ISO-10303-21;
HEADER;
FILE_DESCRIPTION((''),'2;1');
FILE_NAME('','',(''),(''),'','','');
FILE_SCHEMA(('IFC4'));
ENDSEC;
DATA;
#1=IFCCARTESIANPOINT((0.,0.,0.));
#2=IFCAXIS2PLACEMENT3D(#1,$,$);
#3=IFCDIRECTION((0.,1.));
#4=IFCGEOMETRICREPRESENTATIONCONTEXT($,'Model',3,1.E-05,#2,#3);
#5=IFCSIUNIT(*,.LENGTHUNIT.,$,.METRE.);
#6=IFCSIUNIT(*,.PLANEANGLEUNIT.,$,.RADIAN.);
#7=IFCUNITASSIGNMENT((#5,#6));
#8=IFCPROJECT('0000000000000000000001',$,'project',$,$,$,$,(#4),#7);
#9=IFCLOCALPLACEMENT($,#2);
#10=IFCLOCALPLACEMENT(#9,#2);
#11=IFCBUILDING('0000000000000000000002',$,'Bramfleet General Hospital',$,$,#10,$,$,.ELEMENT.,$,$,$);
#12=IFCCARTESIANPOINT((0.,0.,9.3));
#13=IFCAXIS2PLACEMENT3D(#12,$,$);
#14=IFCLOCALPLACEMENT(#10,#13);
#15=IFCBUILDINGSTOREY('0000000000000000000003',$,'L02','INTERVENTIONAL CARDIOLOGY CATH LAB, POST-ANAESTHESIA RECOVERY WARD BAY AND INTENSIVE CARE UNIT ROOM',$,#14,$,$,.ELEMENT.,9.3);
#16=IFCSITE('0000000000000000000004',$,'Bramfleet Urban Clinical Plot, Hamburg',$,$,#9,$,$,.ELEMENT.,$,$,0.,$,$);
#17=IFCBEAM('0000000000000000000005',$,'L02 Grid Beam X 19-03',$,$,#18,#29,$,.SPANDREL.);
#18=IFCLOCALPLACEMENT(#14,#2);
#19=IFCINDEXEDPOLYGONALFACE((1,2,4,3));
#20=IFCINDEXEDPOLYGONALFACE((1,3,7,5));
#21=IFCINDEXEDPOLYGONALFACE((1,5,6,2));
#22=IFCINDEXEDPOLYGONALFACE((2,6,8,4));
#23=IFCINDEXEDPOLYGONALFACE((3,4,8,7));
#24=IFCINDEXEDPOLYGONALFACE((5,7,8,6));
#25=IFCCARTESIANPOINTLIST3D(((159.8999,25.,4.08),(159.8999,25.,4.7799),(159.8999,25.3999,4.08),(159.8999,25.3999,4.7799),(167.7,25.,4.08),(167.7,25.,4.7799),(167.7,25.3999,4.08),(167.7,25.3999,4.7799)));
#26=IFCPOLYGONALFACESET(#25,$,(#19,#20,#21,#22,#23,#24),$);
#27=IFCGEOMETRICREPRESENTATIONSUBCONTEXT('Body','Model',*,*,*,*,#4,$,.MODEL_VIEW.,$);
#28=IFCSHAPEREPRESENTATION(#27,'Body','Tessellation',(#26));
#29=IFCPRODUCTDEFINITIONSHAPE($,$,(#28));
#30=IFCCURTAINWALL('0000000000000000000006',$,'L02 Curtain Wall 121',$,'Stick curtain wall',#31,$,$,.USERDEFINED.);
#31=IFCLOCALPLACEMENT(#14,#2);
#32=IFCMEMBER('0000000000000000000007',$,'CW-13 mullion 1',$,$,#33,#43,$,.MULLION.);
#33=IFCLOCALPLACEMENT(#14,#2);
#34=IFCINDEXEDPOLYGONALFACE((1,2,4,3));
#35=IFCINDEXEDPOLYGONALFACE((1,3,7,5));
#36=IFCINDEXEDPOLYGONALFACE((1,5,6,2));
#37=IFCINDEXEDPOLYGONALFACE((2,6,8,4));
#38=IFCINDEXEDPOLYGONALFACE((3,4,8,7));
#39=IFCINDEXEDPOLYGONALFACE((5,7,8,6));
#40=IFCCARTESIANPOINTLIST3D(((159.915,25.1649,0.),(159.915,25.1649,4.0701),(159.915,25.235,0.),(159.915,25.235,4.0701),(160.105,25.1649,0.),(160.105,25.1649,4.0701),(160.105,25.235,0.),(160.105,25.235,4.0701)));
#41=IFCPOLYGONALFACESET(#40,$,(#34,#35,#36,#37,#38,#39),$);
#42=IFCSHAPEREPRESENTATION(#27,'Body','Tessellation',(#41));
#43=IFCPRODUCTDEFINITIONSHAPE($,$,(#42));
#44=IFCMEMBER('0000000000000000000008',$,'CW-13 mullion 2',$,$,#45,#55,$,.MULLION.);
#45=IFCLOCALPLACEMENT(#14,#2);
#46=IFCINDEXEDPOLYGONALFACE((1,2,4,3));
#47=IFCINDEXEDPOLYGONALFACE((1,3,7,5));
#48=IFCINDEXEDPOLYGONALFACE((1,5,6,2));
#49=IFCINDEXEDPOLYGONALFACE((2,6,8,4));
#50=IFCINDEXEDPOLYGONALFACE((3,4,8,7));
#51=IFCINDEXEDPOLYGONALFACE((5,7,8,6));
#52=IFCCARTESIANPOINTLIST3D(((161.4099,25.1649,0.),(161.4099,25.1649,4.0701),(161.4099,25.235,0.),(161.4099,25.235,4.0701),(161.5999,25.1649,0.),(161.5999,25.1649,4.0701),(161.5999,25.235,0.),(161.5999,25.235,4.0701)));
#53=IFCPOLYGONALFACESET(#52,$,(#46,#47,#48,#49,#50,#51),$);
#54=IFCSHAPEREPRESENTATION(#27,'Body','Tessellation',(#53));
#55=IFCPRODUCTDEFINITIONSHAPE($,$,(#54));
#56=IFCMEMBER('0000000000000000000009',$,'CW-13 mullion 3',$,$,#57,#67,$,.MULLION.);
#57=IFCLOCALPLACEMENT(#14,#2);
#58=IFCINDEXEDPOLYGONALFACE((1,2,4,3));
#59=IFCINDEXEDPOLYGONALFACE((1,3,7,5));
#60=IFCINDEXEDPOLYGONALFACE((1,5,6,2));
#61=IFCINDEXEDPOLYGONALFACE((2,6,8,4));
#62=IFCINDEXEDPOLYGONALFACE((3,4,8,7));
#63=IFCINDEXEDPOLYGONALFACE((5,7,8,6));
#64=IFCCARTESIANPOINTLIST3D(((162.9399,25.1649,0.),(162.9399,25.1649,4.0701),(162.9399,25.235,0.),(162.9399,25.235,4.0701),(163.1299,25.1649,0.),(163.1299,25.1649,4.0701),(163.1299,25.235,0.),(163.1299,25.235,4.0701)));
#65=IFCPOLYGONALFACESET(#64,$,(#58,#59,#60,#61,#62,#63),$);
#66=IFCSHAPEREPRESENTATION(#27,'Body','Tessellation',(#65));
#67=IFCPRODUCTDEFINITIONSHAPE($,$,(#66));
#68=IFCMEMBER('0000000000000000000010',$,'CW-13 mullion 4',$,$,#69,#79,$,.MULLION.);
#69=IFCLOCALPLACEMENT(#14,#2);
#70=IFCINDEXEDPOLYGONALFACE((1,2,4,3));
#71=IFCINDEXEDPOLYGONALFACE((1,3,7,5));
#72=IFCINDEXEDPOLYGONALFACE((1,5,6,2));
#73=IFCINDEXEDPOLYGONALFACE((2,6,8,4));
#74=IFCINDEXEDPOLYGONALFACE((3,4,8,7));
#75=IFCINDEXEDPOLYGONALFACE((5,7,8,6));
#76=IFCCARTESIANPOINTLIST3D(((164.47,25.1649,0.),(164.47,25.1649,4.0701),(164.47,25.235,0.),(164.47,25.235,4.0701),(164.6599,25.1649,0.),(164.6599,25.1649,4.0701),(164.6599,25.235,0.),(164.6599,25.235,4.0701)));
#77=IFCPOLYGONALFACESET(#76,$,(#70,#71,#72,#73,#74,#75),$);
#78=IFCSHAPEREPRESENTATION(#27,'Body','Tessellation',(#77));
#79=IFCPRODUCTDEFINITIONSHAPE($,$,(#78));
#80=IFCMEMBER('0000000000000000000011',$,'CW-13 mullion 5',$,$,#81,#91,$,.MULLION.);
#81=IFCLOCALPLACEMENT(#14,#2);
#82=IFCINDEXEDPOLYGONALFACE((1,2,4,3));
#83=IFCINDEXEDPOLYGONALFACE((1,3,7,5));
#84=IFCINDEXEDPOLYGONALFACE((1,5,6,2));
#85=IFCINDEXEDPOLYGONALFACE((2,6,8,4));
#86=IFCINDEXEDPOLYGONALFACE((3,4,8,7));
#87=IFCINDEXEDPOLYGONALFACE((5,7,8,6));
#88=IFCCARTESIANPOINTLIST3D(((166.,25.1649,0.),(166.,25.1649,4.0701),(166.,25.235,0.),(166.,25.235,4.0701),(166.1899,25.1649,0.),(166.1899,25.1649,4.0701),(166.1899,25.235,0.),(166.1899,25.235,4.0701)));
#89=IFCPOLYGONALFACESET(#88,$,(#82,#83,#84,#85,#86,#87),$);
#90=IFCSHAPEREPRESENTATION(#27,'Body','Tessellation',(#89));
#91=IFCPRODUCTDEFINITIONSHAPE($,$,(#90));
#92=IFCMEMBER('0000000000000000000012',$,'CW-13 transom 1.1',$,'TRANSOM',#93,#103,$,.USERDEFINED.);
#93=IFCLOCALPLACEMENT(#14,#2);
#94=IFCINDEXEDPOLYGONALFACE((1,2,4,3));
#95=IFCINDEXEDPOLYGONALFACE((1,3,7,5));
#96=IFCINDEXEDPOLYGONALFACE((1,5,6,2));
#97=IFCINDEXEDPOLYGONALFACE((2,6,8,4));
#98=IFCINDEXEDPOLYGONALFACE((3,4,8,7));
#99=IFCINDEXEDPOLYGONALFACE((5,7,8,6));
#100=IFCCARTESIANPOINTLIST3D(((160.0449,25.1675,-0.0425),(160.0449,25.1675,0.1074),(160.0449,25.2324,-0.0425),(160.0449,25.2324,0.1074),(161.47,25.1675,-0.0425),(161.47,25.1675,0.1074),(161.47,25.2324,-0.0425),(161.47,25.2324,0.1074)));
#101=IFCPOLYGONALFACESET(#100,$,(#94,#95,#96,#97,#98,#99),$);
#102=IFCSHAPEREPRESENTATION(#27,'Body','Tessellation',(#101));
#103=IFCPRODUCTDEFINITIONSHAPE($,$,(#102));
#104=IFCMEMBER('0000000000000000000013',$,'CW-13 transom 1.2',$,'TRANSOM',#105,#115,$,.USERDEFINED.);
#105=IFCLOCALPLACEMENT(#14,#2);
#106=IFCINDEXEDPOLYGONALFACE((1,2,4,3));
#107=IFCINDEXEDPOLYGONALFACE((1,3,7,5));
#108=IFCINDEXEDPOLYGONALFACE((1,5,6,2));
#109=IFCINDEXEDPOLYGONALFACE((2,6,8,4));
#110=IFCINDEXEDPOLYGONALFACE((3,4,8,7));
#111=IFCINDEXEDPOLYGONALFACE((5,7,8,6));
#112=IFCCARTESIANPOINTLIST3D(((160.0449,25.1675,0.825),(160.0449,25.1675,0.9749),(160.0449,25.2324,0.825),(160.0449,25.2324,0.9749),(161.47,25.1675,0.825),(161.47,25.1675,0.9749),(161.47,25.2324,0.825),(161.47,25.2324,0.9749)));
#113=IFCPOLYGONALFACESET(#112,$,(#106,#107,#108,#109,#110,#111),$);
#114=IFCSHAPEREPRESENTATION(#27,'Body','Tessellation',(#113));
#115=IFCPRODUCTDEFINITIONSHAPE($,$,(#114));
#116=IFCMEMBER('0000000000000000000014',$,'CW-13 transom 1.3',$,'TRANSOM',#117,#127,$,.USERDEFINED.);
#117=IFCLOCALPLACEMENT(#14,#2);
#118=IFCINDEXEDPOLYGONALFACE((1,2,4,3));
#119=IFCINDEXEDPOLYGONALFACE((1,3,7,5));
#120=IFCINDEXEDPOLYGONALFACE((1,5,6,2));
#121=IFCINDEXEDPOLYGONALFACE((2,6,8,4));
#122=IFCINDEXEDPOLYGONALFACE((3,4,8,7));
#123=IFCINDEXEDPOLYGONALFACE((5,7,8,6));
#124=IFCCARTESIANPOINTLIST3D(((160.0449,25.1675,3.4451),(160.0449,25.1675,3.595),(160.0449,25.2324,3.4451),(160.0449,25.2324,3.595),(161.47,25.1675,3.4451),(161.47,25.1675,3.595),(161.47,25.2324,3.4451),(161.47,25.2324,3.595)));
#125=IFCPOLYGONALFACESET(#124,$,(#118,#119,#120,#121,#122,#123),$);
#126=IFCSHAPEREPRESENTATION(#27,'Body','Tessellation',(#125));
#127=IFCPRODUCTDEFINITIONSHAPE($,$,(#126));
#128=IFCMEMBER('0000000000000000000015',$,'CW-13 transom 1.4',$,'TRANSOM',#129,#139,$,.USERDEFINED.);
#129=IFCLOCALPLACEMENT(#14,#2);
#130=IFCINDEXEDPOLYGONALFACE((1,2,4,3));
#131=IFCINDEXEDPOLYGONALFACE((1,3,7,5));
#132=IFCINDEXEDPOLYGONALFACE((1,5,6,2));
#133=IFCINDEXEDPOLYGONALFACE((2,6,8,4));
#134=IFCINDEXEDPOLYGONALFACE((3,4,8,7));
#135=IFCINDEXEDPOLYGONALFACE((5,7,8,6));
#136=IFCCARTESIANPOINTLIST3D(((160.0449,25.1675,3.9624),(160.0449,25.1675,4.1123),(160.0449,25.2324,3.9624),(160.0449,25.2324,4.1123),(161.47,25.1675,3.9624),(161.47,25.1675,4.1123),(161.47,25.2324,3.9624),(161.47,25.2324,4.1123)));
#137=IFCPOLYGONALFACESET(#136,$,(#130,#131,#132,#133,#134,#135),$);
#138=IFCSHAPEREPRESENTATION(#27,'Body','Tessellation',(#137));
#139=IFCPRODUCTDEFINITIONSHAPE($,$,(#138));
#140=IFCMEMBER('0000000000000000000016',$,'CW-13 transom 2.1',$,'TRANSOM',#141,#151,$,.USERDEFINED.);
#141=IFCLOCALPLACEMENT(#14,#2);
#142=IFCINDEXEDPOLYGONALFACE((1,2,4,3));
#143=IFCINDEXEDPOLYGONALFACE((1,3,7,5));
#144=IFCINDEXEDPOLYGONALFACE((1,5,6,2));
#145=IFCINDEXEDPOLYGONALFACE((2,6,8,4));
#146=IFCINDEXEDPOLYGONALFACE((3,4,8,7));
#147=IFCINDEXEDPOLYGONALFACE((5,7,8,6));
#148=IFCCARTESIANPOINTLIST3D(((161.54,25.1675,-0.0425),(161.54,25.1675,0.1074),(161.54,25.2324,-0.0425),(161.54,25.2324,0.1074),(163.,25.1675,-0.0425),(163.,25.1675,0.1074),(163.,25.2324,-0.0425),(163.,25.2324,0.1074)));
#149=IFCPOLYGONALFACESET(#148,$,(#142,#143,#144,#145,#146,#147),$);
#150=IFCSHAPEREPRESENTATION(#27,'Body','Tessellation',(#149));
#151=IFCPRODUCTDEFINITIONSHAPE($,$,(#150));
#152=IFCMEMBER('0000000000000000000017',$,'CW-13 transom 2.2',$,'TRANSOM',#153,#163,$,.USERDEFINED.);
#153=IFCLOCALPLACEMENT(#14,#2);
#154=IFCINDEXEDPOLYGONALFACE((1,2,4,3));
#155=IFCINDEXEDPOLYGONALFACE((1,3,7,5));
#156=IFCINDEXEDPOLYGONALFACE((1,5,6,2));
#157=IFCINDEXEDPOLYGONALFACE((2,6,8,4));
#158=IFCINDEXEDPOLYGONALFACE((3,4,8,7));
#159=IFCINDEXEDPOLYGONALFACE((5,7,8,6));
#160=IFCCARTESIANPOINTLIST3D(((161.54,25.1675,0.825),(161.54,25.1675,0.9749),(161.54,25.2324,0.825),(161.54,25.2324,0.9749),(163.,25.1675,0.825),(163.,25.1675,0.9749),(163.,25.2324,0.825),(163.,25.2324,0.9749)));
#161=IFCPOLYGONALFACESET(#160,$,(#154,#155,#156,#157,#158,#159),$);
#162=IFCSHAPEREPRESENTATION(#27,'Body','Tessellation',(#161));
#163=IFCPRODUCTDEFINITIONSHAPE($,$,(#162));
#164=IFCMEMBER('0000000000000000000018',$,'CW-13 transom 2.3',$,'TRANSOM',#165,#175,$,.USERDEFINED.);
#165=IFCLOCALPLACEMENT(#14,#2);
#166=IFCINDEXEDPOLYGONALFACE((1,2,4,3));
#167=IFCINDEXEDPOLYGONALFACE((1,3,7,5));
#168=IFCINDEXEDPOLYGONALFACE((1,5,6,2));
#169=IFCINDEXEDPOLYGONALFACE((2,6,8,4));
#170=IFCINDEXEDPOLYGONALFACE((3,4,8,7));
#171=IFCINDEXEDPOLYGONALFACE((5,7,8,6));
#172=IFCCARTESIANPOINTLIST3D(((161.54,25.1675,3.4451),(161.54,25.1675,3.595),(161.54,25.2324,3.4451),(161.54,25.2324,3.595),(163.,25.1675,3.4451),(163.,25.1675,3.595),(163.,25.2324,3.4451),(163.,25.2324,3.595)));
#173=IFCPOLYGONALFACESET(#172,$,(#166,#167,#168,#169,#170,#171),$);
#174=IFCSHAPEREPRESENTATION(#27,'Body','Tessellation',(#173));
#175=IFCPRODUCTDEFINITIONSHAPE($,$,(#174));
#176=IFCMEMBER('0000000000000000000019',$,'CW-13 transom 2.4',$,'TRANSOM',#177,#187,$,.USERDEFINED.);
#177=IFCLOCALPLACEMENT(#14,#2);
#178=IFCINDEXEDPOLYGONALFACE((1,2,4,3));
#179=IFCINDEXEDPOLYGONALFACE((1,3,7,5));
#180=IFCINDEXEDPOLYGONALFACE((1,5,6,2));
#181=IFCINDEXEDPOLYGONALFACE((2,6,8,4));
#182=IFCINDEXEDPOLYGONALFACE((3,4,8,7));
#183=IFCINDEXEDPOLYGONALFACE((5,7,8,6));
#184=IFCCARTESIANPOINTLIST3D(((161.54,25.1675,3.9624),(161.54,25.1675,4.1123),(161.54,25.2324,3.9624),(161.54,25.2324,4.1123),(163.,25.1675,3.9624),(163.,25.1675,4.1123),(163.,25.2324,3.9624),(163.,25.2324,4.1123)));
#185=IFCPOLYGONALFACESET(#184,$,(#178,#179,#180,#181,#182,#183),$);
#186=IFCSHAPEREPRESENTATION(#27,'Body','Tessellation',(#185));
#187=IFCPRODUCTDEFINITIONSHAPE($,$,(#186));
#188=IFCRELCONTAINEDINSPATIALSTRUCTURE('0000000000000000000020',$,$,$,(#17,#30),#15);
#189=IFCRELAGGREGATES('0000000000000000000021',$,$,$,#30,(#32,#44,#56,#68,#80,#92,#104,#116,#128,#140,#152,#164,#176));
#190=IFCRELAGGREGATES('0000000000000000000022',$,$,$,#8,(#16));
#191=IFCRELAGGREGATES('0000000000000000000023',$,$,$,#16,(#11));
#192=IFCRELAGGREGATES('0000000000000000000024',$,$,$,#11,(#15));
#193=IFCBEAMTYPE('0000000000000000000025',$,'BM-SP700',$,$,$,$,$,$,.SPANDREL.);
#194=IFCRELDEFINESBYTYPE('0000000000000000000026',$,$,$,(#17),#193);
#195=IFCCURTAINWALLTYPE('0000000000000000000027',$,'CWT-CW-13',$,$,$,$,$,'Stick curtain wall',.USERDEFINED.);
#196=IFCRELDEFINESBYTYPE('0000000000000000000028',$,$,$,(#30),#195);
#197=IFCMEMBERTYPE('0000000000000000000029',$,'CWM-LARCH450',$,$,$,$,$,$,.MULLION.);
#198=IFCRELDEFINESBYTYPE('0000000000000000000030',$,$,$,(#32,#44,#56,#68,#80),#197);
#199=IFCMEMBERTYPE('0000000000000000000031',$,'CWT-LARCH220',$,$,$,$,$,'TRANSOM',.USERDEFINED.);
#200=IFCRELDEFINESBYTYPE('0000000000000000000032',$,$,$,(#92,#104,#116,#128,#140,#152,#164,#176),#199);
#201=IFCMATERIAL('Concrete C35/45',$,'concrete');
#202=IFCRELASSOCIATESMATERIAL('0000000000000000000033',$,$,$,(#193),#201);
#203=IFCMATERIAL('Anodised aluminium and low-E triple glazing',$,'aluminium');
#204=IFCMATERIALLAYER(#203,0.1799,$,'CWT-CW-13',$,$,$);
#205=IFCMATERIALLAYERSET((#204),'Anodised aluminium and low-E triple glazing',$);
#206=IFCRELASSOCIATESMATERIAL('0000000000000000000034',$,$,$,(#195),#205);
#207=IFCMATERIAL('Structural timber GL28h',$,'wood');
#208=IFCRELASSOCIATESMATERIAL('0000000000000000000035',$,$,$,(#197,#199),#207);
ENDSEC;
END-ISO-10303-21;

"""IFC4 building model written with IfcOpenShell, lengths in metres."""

from ifc_helpers import new_model, si_unit, direction, frame, origin, origin_2d, place, context, subcontext, project, spatial, rectangle, extrude, material, layer, layer_set, material_profile, profile_set, type_object, element, aggregate, save


model = new_model("IFC4")

# Units and contexts
model_context = context("Model", 3, precision=1e-05, world=origin(), true_north=direction((0.0, 1.0)))
body_context = subcontext(model_context, "Body", "Model", "MODEL_VIEW")
ifc_project = project(units=[si_unit("LENGTHUNIT", "METRE"), si_unit("PLANEANGLEUNIT", "RADIAN")], contexts=[model_context])

# Site, building, storey
site_placement = place(None, origin())
site = spatial("IfcSite", under=ifc_project, at=site_placement, Name="Bramfleet Urban Clinical Plot, Hamburg", CompositionType="ELEMENT", RefElevation=0.0)
building_placement = place(site_placement, origin())
building = spatial("IfcBuilding", under=site, at=building_placement, Name="Bramfleet General Hospital", CompositionType="ELEMENT")
storey_placement = place(building_placement, frame((0.0, 0.0, 9.3)))
storey = spatial("IfcBuildingStorey", under=building, at=storey_placement, Name="L02", Description="INTERVENTIONAL CARDIOLOGY CATH LAB, POST-ANAESTHESIA RECOVERY WARD BAY AND INTENSIVE CARE UNIT ROOM", CompositionType="ELEMENT", Elevation=9.3)

# Beam
ifc_material_1 = material(Name="Concrete C35/45", Category="concrete")
ifc_material_profile_1 = material_profile(ifc_material_1, rectangle(XDim=0.3999, YDim=0.7, at=origin_2d()), Name="RC SP 700x400")
ifc_profile_set_1 = profile_set([ifc_material_profile_1], Name="Concrete C35/45")
beam_type = type_object("IfcBeamType", Name="BM-SP700", PredefinedType="SPANDREL", material=ifc_profile_set_1)
beam_placement = place(storey_placement, frame((159.8999, 25.2, 4.4299), z_axis=(1.0, 0.0, 0.0), x_axis=(0.0, 1.0, 0.0)))
element("IfcBeam", 1, at=beam_placement, inside=storey, type_object=beam_type, Name="L02 Grid Beam X 19-03", PredefinedType="SPANDREL", context=body_context, shape_type="SweptSolid", body=[
    extrude(rectangle(XDim=0.3999, YDim=0.7, at=origin_2d()), origin(), (0.0, 0.0, 1.0), 7.8),
])

# Curtain wall, members
ifc_material_2 = material(Name="Anodised aluminium and low-E triple glazing", Category="aluminium")
ifc_layer_1 = layer(ifc_material_2, 0.1799, Name="CWT-CW-13")
ifc_layer_set_1 = layer_set([ifc_layer_1], Name="Anodised aluminium and low-E triple glazing")
curtain_wall_type = type_object("IfcCurtainWallType", Name="CWT-CW-13", ElementType="Stick curtain wall", PredefinedType="USERDEFINED", material=ifc_layer_set_1)
curtain_wall_placement = place(storey_placement, origin())
curtain_wall = element("IfcCurtainWall", 2, at=curtain_wall_placement, inside=storey, type_object=curtain_wall_type, Name="L02 Curtain Wall 121", ObjectType="Stick curtain wall", PredefinedType="USERDEFINED")
ifc_material_3 = material(Name="Structural timber GL28h", Category="wood")
ifc_material_profile_2 = material_profile(ifc_material_3, rectangle(XDim=0.0701, YDim=0.1899, at=origin_2d()), Name="LARCH 190x70")
ifc_profile_set_2 = profile_set([ifc_material_profile_2], Name="Structural timber GL28h")
member_type_1 = type_object("IfcMemberType", Name="CWM-LARCH450", PredefinedType="MULLION", material=ifc_profile_set_2)
member_1_placement = place(storey_placement, frame((160.01, 25.2, 0.0), z_axis=(0.0, 0.0, 1.0), x_axis=(0.0, 1.0, 0.0)))
member_1 = element("IfcMember", 3, at=member_1_placement, type_object=member_type_1, Name="CW-13 mullion 1", PredefinedType="MULLION", context=body_context, shape_type="SweptSolid", body=[
    extrude(rectangle(XDim=0.0701, YDim=0.1899, at=origin_2d()), origin(), (0.0, 0.0, 1.0), 4.0701),
])
member_2_placement = place(storey_placement, frame((161.5049, 25.2, 0.0), z_axis=(0.0, 0.0, 1.0), x_axis=(0.0, 1.0, 0.0)))
member_2 = element("IfcMember", 4, at=member_2_placement, type_object=member_type_1, Name="CW-13 mullion 2", PredefinedType="MULLION", context=body_context, shape_type="SweptSolid", body=[
    extrude(rectangle(XDim=0.0701, YDim=0.1899, at=origin_2d()), origin(), (0.0, 0.0, 1.0), 4.0701),
])
member_3_placement = place(storey_placement, frame((163.0349, 25.2, 0.0), z_axis=(0.0, 0.0, 1.0), x_axis=(0.0, 1.0, 0.0)))
member_3 = element("IfcMember", 5, at=member_3_placement, type_object=member_type_1, Name="CW-13 mullion 3", PredefinedType="MULLION", context=body_context, shape_type="SweptSolid", body=[
    extrude(rectangle(XDim=0.0701, YDim=0.1899, at=origin_2d()), origin(), (0.0, 0.0, 1.0), 4.0701),
])
member_4_placement = place(storey_placement, frame((164.5649, 25.2, 0.0), z_axis=(0.0, 0.0, 1.0), x_axis=(0.0, 1.0, 0.0)))
member_4 = element("IfcMember", 6, at=member_4_placement, type_object=member_type_1, Name="CW-13 mullion 4", PredefinedType="MULLION", context=body_context, shape_type="SweptSolid", body=[
    extrude(rectangle(XDim=0.0701, YDim=0.1899, at=origin_2d()), origin(), (0.0, 0.0, 1.0), 4.0701),
])
member_5_placement = place(storey_placement, frame((166.095, 25.2, 0.0), z_axis=(0.0, 0.0, 1.0), x_axis=(0.0, 1.0, 0.0)))
member_5 = element("IfcMember", 7, at=member_5_placement, type_object=member_type_1, Name="CW-13 mullion 5", PredefinedType="MULLION", context=body_context, shape_type="SweptSolid", body=[
    extrude(rectangle(XDim=0.0701, YDim=0.1899, at=origin_2d()), origin(), (0.0, 0.0, 1.0), 4.0701),
])
ifc_material_profile_3 = material_profile(ifc_material_3, rectangle(XDim=0.0649, YDim=0.1499, at=origin_2d()), Name="LARCH 150x65")
ifc_profile_set_3 = profile_set([ifc_material_profile_3], Name="Structural timber GL28h")
member_type_2 = type_object("IfcMemberType", Name="CWT-LARCH220", ElementType="TRANSOM", PredefinedType="USERDEFINED", material=ifc_profile_set_3)
member_6_placement = place(storey_placement, frame((160.0449, 25.2, 0.0325), z_axis=(1.0, 0.0, 0.0), x_axis=(0.0, 1.0, 0.0)))
member_6 = element("IfcMember", 8, at=member_6_placement, type_object=member_type_2, Name="CW-13 transom 1.1", ObjectType="TRANSOM", PredefinedType="USERDEFINED", context=body_context, shape_type="SweptSolid", body=[
    extrude(rectangle(XDim=0.0649, YDim=0.1499, at=origin_2d()), origin(), (0.0, 0.0, 1.0), 1.425),
])
member_7_placement = place(storey_placement, frame((160.0449, 25.2, 0.8999), z_axis=(1.0, 0.0, 0.0), x_axis=(0.0, 1.0, 0.0)))
member_7 = element("IfcMember", 9, at=member_7_placement, type_object=member_type_2, Name="CW-13 transom 1.2", ObjectType="TRANSOM", PredefinedType="USERDEFINED", context=body_context, shape_type="SweptSolid", body=[
    extrude(rectangle(XDim=0.0649, YDim=0.1499, at=origin_2d()), origin(), (0.0, 0.0, 1.0), 1.425),
])
member_8_placement = place(storey_placement, frame((160.0449, 25.2, 3.52), z_axis=(1.0, 0.0, 0.0), x_axis=(0.0, 1.0, 0.0)))
member_8 = element("IfcMember", 10, at=member_8_placement, type_object=member_type_2, Name="CW-13 transom 1.3", ObjectType="TRANSOM", PredefinedType="USERDEFINED", context=body_context, shape_type="SweptSolid", body=[
    extrude(rectangle(XDim=0.0649, YDim=0.1499, at=origin_2d()), origin(), (0.0, 0.0, 1.0), 1.425),
])
member_9_placement = place(storey_placement, frame((160.0449, 25.2, 4.0374), z_axis=(1.0, 0.0, 0.0), x_axis=(0.0, 1.0, 0.0)))
member_9 = element("IfcMember", 11, at=member_9_placement, type_object=member_type_2, Name="CW-13 transom 1.4", ObjectType="TRANSOM", PredefinedType="USERDEFINED", context=body_context, shape_type="SweptSolid", body=[
    extrude(rectangle(XDim=0.0649, YDim=0.1499, at=origin_2d()), origin(), (0.0, 0.0, 1.0), 1.425),
])
member_10_placement = place(storey_placement, frame((161.54, 25.2, 0.0325), z_axis=(1.0, 0.0, 0.0), x_axis=(0.0, 1.0, 0.0)))
member_10 = element("IfcMember", 12, at=member_10_placement, type_object=member_type_2, Name="CW-13 transom 2.1", ObjectType="TRANSOM", PredefinedType="USERDEFINED", context=body_context, shape_type="SweptSolid", body=[
    extrude(rectangle(XDim=0.0649, YDim=0.1499, at=origin_2d()), origin(), (0.0, 0.0, 1.0), 1.46),
])
member_11_placement = place(storey_placement, frame((161.54, 25.2, 0.8999), z_axis=(1.0, 0.0, 0.0), x_axis=(0.0, 1.0, 0.0)))
member_11 = element("IfcMember", 13, at=member_11_placement, type_object=member_type_2, Name="CW-13 transom 2.2", ObjectType="TRANSOM", PredefinedType="USERDEFINED", context=body_context, shape_type="SweptSolid", body=[
    extrude(rectangle(XDim=0.0649, YDim=0.1499, at=origin_2d()), origin(), (0.0, 0.0, 1.0), 1.46),
])
member_12_placement = place(storey_placement, frame((161.54, 25.2, 3.52), z_axis=(1.0, 0.0, 0.0), x_axis=(0.0, 1.0, 0.0)))
member_12 = element("IfcMember", 14, at=member_12_placement, type_object=member_type_2, Name="CW-13 transom 2.3", ObjectType="TRANSOM", PredefinedType="USERDEFINED", context=body_context, shape_type="SweptSolid", body=[
    extrude(rectangle(XDim=0.0649, YDim=0.1499, at=origin_2d()), origin(), (0.0, 0.0, 1.0), 1.46),
])
member_13_placement = place(storey_placement, frame((161.54, 25.2, 4.0374), z_axis=(1.0, 0.0, 0.0), x_axis=(0.0, 1.0, 0.0)))
member_13 = element("IfcMember", 15, at=member_13_placement, type_object=member_type_2, Name="CW-13 transom 2.4", ObjectType="TRANSOM", PredefinedType="USERDEFINED", context=body_context, shape_type="SweptSolid", body=[
    extrude(rectangle(XDim=0.0649, YDim=0.1499, at=origin_2d()), origin(), (0.0, 0.0, 1.0), 1.46),
])
aggregate(curtain_wall, [member_1, member_2, member_3, member_4, member_5, member_6, member_7, member_8, member_9, member_10, member_11, member_12, member_13])

save(model, "model.ifc")
